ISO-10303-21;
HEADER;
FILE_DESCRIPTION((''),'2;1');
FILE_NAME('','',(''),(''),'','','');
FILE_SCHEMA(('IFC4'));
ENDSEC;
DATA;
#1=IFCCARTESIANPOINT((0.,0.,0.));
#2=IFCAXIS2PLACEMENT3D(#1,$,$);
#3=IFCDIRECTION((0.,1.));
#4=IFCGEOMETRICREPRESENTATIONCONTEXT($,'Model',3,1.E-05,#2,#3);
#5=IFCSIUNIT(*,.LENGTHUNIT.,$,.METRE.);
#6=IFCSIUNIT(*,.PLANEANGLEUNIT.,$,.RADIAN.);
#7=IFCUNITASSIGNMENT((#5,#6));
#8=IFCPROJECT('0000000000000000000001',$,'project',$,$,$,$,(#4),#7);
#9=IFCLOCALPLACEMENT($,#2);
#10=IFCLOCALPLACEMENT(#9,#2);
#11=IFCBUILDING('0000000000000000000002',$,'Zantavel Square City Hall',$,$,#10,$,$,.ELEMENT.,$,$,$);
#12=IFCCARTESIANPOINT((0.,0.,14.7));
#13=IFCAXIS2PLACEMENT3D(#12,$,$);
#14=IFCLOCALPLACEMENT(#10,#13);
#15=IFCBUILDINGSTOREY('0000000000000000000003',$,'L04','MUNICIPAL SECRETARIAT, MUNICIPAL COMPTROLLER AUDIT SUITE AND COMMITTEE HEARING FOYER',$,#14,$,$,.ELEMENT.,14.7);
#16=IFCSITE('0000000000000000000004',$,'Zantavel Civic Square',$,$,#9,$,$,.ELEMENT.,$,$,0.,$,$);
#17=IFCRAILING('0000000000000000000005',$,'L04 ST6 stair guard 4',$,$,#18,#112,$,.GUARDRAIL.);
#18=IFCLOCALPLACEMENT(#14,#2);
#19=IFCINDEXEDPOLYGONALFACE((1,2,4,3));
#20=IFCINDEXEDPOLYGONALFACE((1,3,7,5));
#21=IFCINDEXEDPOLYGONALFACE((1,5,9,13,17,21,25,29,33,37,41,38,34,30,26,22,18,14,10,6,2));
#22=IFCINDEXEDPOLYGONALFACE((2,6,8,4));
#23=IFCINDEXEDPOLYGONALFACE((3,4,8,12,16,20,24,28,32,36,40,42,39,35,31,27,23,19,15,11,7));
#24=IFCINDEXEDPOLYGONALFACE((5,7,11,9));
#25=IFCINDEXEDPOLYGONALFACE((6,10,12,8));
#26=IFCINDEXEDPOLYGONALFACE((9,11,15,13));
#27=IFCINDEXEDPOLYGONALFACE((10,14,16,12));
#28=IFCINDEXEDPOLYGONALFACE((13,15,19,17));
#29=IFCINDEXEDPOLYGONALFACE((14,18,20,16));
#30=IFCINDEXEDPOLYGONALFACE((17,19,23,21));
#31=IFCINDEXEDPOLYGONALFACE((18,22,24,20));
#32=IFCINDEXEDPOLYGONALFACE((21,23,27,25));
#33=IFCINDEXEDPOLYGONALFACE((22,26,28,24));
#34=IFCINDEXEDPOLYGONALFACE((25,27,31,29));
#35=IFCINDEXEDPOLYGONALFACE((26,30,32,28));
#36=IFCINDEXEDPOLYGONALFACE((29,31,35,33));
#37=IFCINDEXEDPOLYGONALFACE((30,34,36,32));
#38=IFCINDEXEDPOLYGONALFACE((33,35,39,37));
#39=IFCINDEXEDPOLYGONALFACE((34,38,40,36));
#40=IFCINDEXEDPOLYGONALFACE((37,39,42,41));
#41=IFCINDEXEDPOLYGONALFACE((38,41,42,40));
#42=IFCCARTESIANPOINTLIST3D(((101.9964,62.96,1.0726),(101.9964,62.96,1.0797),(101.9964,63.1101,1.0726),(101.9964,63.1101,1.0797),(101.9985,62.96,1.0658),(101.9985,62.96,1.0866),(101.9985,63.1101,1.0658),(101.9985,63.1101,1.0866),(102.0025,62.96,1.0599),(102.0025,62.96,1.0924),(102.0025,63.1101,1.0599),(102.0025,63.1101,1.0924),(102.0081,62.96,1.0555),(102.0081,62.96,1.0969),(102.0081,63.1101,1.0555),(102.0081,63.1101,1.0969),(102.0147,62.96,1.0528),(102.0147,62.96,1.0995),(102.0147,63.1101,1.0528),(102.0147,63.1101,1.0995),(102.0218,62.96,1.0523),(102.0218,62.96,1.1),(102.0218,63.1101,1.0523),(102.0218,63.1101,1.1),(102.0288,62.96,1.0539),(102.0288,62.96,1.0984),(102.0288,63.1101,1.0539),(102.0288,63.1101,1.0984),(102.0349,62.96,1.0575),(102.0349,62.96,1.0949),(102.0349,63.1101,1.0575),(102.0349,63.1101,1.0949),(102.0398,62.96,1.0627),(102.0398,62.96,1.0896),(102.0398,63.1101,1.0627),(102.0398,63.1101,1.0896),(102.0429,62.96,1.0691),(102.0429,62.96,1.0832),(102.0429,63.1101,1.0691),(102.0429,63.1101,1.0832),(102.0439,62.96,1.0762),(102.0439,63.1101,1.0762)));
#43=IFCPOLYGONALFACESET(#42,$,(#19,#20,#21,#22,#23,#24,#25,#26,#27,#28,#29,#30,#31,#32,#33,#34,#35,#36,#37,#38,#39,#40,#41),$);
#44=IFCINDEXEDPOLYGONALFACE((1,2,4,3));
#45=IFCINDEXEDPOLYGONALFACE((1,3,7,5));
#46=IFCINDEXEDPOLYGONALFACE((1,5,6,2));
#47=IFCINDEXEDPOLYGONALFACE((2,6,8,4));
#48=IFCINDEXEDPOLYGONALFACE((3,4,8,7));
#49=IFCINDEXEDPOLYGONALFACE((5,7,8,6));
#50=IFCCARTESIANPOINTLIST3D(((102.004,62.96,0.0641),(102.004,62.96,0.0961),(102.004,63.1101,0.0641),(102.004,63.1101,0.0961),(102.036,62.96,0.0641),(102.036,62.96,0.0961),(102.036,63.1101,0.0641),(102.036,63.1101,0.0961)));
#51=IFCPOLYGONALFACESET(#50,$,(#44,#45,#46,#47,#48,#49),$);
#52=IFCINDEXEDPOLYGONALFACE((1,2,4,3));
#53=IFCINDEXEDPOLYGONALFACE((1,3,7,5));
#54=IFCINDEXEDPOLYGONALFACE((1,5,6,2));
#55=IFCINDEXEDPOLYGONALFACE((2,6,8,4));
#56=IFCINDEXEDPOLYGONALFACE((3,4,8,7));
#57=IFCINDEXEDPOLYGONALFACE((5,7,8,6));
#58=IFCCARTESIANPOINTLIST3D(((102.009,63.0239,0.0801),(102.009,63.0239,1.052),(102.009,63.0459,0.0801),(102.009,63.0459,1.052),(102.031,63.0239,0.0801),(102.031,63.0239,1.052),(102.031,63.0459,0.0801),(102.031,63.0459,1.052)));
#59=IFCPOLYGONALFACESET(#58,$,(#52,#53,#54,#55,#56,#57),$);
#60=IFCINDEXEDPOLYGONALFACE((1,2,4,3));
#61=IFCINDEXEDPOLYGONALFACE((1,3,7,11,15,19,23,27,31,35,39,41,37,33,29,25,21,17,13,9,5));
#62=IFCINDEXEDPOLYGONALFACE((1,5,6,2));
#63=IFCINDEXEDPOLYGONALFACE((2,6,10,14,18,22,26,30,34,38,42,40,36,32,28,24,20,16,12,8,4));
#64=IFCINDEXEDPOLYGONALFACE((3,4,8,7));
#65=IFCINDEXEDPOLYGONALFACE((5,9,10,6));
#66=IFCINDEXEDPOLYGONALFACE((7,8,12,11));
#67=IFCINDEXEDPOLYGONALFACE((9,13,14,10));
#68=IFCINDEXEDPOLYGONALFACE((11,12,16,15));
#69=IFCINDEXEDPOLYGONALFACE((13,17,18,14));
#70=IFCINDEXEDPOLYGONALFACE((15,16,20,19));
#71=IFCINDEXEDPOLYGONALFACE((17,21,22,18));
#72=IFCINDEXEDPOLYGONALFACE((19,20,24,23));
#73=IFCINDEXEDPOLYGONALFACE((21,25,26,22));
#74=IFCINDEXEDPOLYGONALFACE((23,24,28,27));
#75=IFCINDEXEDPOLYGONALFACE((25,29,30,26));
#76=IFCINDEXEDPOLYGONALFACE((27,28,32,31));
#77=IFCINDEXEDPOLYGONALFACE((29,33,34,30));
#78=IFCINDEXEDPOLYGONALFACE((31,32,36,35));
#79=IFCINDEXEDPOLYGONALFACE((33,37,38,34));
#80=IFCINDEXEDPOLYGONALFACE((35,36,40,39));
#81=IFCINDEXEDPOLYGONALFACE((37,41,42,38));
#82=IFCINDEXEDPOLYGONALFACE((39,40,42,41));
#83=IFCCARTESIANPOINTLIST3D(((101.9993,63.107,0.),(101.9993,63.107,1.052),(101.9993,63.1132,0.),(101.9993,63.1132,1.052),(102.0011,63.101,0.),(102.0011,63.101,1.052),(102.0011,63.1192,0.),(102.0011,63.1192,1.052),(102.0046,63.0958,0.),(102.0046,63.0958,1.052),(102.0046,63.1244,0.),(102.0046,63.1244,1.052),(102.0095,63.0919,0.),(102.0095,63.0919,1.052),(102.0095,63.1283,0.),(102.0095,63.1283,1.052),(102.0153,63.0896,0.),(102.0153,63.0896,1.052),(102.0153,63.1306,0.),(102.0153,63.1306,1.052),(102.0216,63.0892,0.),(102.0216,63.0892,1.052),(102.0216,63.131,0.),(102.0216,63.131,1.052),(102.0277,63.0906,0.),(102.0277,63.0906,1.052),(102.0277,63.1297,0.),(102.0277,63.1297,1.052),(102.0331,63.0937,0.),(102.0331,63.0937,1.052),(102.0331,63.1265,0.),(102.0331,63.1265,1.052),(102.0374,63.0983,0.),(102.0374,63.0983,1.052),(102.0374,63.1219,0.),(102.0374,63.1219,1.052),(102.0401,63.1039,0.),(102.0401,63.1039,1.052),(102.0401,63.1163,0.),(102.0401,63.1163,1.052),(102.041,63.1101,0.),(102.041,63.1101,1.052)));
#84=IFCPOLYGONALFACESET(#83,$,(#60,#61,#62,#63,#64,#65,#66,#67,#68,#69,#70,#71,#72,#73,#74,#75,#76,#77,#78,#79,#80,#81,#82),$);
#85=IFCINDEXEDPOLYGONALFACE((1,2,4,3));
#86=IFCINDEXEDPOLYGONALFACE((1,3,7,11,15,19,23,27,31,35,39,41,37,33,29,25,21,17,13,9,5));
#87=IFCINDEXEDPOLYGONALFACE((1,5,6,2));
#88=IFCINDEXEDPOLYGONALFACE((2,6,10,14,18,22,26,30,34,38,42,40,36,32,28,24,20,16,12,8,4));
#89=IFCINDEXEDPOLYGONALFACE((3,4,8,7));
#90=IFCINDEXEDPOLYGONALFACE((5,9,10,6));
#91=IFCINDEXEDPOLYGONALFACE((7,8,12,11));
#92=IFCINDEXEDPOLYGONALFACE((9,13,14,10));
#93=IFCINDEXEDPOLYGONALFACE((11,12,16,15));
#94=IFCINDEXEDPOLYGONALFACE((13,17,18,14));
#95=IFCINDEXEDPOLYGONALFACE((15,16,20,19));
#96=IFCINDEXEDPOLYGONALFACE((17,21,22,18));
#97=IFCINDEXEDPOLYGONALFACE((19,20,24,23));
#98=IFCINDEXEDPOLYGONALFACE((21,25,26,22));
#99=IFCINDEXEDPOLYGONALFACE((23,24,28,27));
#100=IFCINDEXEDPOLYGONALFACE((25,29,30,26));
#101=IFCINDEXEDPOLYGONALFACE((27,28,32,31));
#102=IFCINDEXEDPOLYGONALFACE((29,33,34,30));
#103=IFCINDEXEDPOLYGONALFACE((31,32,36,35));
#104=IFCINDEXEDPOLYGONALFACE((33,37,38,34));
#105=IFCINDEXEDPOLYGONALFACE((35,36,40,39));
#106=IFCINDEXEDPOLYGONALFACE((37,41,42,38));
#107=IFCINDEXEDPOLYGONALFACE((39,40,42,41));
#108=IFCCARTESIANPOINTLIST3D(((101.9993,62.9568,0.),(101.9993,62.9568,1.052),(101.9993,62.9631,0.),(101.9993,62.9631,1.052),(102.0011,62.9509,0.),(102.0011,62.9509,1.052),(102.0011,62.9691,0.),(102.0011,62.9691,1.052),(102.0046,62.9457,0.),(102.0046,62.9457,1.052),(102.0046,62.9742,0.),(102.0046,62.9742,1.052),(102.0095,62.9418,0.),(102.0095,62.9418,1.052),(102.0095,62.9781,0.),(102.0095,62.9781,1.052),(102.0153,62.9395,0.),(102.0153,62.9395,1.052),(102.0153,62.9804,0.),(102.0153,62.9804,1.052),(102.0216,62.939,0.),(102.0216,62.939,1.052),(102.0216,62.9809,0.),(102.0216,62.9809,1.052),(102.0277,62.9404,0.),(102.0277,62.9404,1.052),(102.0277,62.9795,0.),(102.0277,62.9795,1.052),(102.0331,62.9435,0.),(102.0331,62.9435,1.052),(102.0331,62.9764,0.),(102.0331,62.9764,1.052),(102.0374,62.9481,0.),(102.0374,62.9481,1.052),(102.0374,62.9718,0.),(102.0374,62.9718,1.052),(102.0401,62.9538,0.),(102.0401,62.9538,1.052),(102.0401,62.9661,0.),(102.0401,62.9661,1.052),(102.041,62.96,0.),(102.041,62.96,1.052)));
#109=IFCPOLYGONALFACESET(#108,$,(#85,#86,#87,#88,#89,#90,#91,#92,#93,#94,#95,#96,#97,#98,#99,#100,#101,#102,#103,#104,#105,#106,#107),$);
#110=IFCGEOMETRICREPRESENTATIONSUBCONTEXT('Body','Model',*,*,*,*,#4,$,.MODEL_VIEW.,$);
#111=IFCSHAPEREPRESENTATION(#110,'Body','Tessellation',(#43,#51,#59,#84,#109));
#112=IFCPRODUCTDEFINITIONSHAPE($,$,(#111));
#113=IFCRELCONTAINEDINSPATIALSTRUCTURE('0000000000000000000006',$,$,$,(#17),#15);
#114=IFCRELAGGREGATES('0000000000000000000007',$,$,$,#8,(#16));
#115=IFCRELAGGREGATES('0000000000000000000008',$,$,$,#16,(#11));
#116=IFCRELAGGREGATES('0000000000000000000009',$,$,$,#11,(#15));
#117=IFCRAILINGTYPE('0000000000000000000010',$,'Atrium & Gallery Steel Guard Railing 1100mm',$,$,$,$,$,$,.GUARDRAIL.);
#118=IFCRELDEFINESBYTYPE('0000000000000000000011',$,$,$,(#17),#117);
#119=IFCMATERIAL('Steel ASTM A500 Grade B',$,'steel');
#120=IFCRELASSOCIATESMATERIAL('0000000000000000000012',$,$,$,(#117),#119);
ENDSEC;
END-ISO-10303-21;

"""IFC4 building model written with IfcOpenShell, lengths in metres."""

from ifc_helpers import new_model, si_unit, direction, frame, origin, origin_2d, place, context, subcontext, project, spatial, rectangle, circle, extrude, material, type_object, element, save


model = new_model("IFC4")

# Units and contexts
model_context = context("Model", 3, precision=1e-05, world=origin(), true_north=direction((0.0, 1.0)))
body_context = subcontext(model_context, "Body", "Model", "MODEL_VIEW")
ifc_project = project(units=[si_unit("LENGTHUNIT", "METRE"), si_unit("PLANEANGLEUNIT", "RADIAN")], contexts=[model_context])

# Site, building, storey
site_placement = place(None, origin())
site = spatial("IfcSite", under=ifc_project, at=site_placement, Name="Zantavel Civic Square", CompositionType="ELEMENT", RefElevation=0.0)
building_placement = place(site_placement, origin())
building = spatial("IfcBuilding", under=site, at=building_placement, Name="Zantavel Square City Hall", CompositionType="ELEMENT")
storey_placement = place(building_placement, frame((0.0, 0.0, 14.7)))
storey = spatial("IfcBuildingStorey", under=building, at=storey_placement, Name="L04", Description="MUNICIPAL SECRETARIAT, MUNICIPAL COMPTROLLER AUDIT SUITE AND COMMITTEE HEARING FOYER", CompositionType="ELEMENT", Elevation=14.7)

# Railing
ifc_material_1 = material(Name="Steel ASTM A500 Grade B", Category="steel")
railing_type_1 = type_object("IfcRailingType", Name="Atrium & Gallery Steel Guard Railing 1100mm", PredefinedType="GUARDRAIL", material=ifc_material_1)
railing_1_placement = place(storey_placement, frame((102.02, 63.1101, 0.0)))
element("IfcRailing", 1, at=railing_1_placement, inside=storey, type_object=railing_type_1, Name="L04 ST6 stair guard 4", PredefinedType="GUARDRAIL", context=body_context, shape_type="SweptSolid", body=[
    extrude(circle(Radius=0.0239, at=origin_2d()), frame((0.0, 0.0, 1.0762), z_axis=(0.0, -1.0, 0.0), x_axis=(1.0, 0.0, 0.0)), (0.0, 0.0, 1.0), 0.1501),
    extrude(rectangle(XDim=0.032, YDim=0.032, at=origin_2d()), frame((0.0, 0.0, 0.0801), z_axis=(0.0, -1.0, 0.0), x_axis=(1.0, 0.0, 0.0)), (0.0, 0.0, 1.0), 0.1501),
    extrude(rectangle(XDim=0.022, YDim=0.022, at=origin_2d()), frame((0.0, -0.0752, 0.0801)), (0.0, 0.0, 1.0), 0.9719),
    extrude(circle(Radius=0.021, at=origin_2d()), origin(), (0.0, 0.0, 1.0), 1.052),
    extrude(circle(Radius=0.021, at=origin_2d()), frame((0.0, -0.1501, 0.0)), (0.0, 0.0, 1.0), 1.052),
])

save(model, "model.ifc")
